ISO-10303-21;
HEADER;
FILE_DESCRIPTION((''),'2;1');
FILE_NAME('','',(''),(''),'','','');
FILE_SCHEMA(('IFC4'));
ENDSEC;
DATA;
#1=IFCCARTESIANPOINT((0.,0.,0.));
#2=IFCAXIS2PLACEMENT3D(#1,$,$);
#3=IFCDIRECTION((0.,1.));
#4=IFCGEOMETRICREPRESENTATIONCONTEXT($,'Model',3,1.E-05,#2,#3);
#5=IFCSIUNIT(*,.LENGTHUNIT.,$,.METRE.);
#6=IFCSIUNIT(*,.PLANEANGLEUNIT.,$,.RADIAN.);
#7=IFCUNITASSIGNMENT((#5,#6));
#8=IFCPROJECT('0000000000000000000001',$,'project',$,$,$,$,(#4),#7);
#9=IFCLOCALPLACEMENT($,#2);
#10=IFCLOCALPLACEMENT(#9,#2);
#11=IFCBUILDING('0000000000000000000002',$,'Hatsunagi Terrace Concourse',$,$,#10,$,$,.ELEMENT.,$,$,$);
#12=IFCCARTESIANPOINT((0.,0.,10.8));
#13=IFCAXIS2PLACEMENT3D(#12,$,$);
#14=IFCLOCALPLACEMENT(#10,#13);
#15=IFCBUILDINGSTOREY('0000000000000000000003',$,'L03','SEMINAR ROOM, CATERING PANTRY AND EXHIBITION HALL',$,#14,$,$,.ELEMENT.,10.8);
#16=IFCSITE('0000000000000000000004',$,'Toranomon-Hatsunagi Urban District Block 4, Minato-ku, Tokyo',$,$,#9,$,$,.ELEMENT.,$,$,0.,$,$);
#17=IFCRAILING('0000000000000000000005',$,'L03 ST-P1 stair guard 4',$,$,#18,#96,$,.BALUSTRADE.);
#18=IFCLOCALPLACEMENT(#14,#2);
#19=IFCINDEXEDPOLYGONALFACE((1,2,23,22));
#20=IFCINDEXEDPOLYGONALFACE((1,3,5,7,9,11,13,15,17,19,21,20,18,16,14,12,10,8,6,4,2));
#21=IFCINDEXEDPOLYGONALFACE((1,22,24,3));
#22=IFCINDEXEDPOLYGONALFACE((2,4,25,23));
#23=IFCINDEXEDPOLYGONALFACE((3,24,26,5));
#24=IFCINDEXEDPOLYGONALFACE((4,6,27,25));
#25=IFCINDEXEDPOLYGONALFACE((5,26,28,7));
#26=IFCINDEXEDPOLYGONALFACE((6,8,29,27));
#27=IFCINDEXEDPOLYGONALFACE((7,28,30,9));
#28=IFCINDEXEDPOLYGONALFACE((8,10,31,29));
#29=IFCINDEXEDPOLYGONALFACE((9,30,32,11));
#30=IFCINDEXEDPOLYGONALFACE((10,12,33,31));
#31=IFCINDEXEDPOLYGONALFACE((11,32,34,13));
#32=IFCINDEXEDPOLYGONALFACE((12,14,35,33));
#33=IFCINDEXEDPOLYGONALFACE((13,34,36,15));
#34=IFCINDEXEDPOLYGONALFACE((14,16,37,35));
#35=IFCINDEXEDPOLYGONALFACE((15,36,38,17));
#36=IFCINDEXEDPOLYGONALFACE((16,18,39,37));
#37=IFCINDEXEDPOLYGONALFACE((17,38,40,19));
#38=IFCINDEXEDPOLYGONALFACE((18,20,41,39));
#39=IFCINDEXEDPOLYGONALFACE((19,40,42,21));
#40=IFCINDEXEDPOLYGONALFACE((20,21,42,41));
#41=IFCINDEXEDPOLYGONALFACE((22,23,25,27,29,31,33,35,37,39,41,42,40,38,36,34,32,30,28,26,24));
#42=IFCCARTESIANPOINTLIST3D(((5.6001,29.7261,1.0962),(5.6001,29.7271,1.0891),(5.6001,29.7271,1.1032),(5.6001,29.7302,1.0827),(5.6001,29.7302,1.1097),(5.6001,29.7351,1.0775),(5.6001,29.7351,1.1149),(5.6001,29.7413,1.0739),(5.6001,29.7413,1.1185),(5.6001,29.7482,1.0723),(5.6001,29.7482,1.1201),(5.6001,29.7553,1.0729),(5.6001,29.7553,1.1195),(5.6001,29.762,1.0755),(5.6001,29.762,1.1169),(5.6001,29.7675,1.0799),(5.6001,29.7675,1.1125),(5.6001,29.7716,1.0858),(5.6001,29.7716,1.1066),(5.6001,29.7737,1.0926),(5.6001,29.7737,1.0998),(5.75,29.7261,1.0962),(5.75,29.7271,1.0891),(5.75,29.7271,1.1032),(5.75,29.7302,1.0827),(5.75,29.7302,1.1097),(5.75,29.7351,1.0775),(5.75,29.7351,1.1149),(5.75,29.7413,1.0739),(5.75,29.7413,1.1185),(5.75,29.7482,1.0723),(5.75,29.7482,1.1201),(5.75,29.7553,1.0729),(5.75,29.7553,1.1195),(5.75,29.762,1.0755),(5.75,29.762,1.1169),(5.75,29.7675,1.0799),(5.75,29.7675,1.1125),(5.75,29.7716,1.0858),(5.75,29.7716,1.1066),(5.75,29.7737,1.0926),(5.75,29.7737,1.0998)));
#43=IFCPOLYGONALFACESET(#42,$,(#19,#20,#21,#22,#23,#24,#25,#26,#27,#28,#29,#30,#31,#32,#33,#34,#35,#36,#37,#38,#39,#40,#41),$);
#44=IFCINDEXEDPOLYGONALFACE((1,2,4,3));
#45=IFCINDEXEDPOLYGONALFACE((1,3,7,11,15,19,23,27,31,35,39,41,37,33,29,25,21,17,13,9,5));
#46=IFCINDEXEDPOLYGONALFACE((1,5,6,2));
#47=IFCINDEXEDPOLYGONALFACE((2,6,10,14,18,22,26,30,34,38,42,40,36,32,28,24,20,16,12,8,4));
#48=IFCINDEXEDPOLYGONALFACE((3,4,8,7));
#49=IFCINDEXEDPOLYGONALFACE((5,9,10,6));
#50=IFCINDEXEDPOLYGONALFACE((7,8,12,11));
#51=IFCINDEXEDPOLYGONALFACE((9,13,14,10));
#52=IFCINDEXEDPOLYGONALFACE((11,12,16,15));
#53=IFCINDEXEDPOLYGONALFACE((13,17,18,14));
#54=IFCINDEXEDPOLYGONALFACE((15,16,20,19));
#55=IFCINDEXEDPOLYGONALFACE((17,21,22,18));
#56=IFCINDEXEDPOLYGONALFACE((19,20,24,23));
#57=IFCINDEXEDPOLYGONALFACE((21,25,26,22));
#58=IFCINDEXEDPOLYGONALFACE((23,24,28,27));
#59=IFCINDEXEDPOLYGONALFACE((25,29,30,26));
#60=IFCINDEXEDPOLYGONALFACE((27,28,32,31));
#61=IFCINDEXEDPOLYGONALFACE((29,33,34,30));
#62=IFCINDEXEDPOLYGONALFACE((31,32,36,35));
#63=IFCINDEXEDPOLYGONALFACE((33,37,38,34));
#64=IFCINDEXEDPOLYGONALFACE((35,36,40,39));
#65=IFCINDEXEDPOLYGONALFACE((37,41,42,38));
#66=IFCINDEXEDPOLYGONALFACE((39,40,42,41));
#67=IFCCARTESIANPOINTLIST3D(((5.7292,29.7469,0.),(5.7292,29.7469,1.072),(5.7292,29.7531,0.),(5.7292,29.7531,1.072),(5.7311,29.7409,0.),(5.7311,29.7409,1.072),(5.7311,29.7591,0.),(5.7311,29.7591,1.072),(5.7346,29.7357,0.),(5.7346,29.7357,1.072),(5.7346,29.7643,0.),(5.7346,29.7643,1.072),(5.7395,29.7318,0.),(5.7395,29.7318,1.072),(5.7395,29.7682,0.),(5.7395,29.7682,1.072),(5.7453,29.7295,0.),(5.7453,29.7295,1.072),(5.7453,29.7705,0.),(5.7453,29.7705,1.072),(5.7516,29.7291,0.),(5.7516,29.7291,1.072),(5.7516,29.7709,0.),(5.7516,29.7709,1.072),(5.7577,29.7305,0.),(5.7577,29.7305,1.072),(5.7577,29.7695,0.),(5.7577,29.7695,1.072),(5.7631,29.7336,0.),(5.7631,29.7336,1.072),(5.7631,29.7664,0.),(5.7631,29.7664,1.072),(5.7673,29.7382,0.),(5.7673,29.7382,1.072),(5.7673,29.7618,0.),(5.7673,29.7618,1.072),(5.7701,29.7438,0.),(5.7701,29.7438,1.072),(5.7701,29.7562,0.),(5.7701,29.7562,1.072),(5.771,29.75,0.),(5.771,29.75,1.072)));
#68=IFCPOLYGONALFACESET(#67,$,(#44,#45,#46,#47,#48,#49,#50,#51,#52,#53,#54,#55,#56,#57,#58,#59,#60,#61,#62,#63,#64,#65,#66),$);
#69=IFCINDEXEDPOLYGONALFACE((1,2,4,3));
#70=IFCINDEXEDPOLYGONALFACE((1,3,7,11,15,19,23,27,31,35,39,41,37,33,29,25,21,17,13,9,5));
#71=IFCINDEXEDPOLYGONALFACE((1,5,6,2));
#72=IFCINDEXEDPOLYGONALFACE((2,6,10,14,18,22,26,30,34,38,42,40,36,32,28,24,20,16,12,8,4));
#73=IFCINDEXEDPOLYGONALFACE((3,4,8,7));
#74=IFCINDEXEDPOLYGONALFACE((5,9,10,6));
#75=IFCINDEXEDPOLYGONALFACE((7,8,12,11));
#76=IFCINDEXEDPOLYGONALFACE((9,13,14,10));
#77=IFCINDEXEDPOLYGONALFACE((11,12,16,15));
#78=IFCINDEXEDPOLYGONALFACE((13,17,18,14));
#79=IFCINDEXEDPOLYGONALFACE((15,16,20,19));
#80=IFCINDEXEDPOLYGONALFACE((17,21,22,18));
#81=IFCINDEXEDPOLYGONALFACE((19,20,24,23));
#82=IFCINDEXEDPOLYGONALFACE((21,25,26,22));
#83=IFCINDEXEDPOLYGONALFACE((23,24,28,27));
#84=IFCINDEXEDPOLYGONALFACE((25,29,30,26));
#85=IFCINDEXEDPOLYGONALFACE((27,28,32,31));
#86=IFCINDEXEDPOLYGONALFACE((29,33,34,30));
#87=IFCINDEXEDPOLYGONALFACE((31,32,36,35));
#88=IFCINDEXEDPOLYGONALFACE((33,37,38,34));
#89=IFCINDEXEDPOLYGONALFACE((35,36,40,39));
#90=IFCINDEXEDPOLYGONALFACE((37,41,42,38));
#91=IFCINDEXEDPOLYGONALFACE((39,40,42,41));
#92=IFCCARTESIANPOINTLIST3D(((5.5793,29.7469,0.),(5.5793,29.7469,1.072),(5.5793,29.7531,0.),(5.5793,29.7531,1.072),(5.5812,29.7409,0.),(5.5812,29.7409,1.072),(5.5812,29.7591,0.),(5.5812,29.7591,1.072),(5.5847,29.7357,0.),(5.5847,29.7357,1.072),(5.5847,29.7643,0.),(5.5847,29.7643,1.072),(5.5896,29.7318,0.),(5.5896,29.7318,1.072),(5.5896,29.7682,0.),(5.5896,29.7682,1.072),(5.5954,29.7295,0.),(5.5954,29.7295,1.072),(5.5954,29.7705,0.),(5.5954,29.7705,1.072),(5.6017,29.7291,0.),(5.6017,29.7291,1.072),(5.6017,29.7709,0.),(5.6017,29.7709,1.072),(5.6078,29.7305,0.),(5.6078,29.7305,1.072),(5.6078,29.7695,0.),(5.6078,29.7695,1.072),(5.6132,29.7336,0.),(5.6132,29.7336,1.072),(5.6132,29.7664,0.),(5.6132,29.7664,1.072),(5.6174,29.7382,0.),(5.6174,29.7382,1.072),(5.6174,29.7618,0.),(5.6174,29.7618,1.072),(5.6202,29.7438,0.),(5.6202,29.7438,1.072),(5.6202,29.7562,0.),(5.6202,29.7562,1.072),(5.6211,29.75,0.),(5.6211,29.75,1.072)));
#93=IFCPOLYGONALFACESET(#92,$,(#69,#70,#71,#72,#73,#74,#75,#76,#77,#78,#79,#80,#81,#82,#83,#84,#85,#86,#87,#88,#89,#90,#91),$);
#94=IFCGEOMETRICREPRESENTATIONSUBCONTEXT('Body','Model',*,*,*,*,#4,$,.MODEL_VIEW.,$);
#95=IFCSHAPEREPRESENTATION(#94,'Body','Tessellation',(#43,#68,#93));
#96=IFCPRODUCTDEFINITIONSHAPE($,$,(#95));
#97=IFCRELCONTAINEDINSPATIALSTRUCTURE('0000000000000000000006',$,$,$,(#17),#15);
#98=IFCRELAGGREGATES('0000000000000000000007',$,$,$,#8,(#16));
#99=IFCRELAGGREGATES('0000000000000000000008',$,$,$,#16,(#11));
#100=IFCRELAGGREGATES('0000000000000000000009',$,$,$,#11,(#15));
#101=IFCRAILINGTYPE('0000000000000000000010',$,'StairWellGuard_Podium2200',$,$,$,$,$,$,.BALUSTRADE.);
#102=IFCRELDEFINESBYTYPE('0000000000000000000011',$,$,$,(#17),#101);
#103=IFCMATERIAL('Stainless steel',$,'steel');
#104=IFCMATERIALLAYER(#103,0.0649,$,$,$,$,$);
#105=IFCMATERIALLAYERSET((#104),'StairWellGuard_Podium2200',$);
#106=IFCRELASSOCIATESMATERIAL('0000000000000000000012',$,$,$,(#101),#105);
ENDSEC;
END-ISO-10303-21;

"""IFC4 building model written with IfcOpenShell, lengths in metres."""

from ifc_helpers import new_model, si_unit, direction, frame, origin, origin_2d, place, context, subcontext, project, spatial, circle, extrude, material, layer, layer_set, type_object, element, save


model = new_model("IFC4")

# Units and contexts
model_context = context("Model", 3, precision=1e-05, world=origin(), true_north=direction((0.0, 1.0)))
body_context = subcontext(model_context, "Body", "Model", "MODEL_VIEW")
ifc_project = project(units=[si_unit("LENGTHUNIT", "METRE"), si_unit("PLANEANGLEUNIT", "RADIAN")], contexts=[model_context])

# Site, building, storey
site_placement = place(None, origin())
site = spatial("IfcSite", under=ifc_project, at=site_placement, Name="Toranomon-Hatsunagi Urban District Block 4, Minato-ku, Tokyo", CompositionType="ELEMENT", RefElevation=0.0)
building_placement = place(site_placement, origin())
building = spatial("IfcBuilding", under=site, at=building_placement, Name="Hatsunagi Terrace Concourse", CompositionType="ELEMENT")
storey_placement = place(building_placement, frame((0.0, 0.0, 10.8)))
storey = spatial("IfcBuildingStorey", under=building, at=storey_placement, Name="L03", Description="SEMINAR ROOM, CATERING PANTRY AND EXHIBITION HALL", CompositionType="ELEMENT", Elevation=10.8)

# Railing
ifc_material_1 = material(Name="Stainless steel", Category="steel")
ifc_layer_1 = layer(ifc_material_1, 0.0649)
ifc_layer_set_1 = layer_set([ifc_layer_1], Name="StairWellGuard_Podium2200")
railing_type_1 = type_object("IfcRailingType", Name="StairWellGuard_Podium2200", PredefinedType="BALUSTRADE", material=ifc_layer_set_1)
railing_1_placement = place(storey_placement, frame((5.75, 29.75, 0.0)))
element("IfcRailing", 1, at=railing_1_placement, inside=storey, type_object=railing_type_1, Name="L03 ST-P1 stair guard 4", PredefinedType="BALUSTRADE", context=body_context, shape_type="SweptSolid", body=[
    extrude(circle(Radius=0.0239, at=origin_2d()), frame((0.0, 0.0, 1.0962), z_axis=(-1.0, 0.0, 0.0), x_axis=(0.0, -1.0, 0.0)), (0.0, 0.0, 1.0), 0.1499),
    extrude(circle(Radius=0.021, at=origin_2d()), origin(), (0.0, 0.0, 1.0), 1.072),
    extrude(circle(Radius=0.021, at=origin_2d()), frame((-0.1499, 0.0, 0.0)), (0.0, 0.0, 1.0), 1.072),
])

save(model, "model.ifc")
